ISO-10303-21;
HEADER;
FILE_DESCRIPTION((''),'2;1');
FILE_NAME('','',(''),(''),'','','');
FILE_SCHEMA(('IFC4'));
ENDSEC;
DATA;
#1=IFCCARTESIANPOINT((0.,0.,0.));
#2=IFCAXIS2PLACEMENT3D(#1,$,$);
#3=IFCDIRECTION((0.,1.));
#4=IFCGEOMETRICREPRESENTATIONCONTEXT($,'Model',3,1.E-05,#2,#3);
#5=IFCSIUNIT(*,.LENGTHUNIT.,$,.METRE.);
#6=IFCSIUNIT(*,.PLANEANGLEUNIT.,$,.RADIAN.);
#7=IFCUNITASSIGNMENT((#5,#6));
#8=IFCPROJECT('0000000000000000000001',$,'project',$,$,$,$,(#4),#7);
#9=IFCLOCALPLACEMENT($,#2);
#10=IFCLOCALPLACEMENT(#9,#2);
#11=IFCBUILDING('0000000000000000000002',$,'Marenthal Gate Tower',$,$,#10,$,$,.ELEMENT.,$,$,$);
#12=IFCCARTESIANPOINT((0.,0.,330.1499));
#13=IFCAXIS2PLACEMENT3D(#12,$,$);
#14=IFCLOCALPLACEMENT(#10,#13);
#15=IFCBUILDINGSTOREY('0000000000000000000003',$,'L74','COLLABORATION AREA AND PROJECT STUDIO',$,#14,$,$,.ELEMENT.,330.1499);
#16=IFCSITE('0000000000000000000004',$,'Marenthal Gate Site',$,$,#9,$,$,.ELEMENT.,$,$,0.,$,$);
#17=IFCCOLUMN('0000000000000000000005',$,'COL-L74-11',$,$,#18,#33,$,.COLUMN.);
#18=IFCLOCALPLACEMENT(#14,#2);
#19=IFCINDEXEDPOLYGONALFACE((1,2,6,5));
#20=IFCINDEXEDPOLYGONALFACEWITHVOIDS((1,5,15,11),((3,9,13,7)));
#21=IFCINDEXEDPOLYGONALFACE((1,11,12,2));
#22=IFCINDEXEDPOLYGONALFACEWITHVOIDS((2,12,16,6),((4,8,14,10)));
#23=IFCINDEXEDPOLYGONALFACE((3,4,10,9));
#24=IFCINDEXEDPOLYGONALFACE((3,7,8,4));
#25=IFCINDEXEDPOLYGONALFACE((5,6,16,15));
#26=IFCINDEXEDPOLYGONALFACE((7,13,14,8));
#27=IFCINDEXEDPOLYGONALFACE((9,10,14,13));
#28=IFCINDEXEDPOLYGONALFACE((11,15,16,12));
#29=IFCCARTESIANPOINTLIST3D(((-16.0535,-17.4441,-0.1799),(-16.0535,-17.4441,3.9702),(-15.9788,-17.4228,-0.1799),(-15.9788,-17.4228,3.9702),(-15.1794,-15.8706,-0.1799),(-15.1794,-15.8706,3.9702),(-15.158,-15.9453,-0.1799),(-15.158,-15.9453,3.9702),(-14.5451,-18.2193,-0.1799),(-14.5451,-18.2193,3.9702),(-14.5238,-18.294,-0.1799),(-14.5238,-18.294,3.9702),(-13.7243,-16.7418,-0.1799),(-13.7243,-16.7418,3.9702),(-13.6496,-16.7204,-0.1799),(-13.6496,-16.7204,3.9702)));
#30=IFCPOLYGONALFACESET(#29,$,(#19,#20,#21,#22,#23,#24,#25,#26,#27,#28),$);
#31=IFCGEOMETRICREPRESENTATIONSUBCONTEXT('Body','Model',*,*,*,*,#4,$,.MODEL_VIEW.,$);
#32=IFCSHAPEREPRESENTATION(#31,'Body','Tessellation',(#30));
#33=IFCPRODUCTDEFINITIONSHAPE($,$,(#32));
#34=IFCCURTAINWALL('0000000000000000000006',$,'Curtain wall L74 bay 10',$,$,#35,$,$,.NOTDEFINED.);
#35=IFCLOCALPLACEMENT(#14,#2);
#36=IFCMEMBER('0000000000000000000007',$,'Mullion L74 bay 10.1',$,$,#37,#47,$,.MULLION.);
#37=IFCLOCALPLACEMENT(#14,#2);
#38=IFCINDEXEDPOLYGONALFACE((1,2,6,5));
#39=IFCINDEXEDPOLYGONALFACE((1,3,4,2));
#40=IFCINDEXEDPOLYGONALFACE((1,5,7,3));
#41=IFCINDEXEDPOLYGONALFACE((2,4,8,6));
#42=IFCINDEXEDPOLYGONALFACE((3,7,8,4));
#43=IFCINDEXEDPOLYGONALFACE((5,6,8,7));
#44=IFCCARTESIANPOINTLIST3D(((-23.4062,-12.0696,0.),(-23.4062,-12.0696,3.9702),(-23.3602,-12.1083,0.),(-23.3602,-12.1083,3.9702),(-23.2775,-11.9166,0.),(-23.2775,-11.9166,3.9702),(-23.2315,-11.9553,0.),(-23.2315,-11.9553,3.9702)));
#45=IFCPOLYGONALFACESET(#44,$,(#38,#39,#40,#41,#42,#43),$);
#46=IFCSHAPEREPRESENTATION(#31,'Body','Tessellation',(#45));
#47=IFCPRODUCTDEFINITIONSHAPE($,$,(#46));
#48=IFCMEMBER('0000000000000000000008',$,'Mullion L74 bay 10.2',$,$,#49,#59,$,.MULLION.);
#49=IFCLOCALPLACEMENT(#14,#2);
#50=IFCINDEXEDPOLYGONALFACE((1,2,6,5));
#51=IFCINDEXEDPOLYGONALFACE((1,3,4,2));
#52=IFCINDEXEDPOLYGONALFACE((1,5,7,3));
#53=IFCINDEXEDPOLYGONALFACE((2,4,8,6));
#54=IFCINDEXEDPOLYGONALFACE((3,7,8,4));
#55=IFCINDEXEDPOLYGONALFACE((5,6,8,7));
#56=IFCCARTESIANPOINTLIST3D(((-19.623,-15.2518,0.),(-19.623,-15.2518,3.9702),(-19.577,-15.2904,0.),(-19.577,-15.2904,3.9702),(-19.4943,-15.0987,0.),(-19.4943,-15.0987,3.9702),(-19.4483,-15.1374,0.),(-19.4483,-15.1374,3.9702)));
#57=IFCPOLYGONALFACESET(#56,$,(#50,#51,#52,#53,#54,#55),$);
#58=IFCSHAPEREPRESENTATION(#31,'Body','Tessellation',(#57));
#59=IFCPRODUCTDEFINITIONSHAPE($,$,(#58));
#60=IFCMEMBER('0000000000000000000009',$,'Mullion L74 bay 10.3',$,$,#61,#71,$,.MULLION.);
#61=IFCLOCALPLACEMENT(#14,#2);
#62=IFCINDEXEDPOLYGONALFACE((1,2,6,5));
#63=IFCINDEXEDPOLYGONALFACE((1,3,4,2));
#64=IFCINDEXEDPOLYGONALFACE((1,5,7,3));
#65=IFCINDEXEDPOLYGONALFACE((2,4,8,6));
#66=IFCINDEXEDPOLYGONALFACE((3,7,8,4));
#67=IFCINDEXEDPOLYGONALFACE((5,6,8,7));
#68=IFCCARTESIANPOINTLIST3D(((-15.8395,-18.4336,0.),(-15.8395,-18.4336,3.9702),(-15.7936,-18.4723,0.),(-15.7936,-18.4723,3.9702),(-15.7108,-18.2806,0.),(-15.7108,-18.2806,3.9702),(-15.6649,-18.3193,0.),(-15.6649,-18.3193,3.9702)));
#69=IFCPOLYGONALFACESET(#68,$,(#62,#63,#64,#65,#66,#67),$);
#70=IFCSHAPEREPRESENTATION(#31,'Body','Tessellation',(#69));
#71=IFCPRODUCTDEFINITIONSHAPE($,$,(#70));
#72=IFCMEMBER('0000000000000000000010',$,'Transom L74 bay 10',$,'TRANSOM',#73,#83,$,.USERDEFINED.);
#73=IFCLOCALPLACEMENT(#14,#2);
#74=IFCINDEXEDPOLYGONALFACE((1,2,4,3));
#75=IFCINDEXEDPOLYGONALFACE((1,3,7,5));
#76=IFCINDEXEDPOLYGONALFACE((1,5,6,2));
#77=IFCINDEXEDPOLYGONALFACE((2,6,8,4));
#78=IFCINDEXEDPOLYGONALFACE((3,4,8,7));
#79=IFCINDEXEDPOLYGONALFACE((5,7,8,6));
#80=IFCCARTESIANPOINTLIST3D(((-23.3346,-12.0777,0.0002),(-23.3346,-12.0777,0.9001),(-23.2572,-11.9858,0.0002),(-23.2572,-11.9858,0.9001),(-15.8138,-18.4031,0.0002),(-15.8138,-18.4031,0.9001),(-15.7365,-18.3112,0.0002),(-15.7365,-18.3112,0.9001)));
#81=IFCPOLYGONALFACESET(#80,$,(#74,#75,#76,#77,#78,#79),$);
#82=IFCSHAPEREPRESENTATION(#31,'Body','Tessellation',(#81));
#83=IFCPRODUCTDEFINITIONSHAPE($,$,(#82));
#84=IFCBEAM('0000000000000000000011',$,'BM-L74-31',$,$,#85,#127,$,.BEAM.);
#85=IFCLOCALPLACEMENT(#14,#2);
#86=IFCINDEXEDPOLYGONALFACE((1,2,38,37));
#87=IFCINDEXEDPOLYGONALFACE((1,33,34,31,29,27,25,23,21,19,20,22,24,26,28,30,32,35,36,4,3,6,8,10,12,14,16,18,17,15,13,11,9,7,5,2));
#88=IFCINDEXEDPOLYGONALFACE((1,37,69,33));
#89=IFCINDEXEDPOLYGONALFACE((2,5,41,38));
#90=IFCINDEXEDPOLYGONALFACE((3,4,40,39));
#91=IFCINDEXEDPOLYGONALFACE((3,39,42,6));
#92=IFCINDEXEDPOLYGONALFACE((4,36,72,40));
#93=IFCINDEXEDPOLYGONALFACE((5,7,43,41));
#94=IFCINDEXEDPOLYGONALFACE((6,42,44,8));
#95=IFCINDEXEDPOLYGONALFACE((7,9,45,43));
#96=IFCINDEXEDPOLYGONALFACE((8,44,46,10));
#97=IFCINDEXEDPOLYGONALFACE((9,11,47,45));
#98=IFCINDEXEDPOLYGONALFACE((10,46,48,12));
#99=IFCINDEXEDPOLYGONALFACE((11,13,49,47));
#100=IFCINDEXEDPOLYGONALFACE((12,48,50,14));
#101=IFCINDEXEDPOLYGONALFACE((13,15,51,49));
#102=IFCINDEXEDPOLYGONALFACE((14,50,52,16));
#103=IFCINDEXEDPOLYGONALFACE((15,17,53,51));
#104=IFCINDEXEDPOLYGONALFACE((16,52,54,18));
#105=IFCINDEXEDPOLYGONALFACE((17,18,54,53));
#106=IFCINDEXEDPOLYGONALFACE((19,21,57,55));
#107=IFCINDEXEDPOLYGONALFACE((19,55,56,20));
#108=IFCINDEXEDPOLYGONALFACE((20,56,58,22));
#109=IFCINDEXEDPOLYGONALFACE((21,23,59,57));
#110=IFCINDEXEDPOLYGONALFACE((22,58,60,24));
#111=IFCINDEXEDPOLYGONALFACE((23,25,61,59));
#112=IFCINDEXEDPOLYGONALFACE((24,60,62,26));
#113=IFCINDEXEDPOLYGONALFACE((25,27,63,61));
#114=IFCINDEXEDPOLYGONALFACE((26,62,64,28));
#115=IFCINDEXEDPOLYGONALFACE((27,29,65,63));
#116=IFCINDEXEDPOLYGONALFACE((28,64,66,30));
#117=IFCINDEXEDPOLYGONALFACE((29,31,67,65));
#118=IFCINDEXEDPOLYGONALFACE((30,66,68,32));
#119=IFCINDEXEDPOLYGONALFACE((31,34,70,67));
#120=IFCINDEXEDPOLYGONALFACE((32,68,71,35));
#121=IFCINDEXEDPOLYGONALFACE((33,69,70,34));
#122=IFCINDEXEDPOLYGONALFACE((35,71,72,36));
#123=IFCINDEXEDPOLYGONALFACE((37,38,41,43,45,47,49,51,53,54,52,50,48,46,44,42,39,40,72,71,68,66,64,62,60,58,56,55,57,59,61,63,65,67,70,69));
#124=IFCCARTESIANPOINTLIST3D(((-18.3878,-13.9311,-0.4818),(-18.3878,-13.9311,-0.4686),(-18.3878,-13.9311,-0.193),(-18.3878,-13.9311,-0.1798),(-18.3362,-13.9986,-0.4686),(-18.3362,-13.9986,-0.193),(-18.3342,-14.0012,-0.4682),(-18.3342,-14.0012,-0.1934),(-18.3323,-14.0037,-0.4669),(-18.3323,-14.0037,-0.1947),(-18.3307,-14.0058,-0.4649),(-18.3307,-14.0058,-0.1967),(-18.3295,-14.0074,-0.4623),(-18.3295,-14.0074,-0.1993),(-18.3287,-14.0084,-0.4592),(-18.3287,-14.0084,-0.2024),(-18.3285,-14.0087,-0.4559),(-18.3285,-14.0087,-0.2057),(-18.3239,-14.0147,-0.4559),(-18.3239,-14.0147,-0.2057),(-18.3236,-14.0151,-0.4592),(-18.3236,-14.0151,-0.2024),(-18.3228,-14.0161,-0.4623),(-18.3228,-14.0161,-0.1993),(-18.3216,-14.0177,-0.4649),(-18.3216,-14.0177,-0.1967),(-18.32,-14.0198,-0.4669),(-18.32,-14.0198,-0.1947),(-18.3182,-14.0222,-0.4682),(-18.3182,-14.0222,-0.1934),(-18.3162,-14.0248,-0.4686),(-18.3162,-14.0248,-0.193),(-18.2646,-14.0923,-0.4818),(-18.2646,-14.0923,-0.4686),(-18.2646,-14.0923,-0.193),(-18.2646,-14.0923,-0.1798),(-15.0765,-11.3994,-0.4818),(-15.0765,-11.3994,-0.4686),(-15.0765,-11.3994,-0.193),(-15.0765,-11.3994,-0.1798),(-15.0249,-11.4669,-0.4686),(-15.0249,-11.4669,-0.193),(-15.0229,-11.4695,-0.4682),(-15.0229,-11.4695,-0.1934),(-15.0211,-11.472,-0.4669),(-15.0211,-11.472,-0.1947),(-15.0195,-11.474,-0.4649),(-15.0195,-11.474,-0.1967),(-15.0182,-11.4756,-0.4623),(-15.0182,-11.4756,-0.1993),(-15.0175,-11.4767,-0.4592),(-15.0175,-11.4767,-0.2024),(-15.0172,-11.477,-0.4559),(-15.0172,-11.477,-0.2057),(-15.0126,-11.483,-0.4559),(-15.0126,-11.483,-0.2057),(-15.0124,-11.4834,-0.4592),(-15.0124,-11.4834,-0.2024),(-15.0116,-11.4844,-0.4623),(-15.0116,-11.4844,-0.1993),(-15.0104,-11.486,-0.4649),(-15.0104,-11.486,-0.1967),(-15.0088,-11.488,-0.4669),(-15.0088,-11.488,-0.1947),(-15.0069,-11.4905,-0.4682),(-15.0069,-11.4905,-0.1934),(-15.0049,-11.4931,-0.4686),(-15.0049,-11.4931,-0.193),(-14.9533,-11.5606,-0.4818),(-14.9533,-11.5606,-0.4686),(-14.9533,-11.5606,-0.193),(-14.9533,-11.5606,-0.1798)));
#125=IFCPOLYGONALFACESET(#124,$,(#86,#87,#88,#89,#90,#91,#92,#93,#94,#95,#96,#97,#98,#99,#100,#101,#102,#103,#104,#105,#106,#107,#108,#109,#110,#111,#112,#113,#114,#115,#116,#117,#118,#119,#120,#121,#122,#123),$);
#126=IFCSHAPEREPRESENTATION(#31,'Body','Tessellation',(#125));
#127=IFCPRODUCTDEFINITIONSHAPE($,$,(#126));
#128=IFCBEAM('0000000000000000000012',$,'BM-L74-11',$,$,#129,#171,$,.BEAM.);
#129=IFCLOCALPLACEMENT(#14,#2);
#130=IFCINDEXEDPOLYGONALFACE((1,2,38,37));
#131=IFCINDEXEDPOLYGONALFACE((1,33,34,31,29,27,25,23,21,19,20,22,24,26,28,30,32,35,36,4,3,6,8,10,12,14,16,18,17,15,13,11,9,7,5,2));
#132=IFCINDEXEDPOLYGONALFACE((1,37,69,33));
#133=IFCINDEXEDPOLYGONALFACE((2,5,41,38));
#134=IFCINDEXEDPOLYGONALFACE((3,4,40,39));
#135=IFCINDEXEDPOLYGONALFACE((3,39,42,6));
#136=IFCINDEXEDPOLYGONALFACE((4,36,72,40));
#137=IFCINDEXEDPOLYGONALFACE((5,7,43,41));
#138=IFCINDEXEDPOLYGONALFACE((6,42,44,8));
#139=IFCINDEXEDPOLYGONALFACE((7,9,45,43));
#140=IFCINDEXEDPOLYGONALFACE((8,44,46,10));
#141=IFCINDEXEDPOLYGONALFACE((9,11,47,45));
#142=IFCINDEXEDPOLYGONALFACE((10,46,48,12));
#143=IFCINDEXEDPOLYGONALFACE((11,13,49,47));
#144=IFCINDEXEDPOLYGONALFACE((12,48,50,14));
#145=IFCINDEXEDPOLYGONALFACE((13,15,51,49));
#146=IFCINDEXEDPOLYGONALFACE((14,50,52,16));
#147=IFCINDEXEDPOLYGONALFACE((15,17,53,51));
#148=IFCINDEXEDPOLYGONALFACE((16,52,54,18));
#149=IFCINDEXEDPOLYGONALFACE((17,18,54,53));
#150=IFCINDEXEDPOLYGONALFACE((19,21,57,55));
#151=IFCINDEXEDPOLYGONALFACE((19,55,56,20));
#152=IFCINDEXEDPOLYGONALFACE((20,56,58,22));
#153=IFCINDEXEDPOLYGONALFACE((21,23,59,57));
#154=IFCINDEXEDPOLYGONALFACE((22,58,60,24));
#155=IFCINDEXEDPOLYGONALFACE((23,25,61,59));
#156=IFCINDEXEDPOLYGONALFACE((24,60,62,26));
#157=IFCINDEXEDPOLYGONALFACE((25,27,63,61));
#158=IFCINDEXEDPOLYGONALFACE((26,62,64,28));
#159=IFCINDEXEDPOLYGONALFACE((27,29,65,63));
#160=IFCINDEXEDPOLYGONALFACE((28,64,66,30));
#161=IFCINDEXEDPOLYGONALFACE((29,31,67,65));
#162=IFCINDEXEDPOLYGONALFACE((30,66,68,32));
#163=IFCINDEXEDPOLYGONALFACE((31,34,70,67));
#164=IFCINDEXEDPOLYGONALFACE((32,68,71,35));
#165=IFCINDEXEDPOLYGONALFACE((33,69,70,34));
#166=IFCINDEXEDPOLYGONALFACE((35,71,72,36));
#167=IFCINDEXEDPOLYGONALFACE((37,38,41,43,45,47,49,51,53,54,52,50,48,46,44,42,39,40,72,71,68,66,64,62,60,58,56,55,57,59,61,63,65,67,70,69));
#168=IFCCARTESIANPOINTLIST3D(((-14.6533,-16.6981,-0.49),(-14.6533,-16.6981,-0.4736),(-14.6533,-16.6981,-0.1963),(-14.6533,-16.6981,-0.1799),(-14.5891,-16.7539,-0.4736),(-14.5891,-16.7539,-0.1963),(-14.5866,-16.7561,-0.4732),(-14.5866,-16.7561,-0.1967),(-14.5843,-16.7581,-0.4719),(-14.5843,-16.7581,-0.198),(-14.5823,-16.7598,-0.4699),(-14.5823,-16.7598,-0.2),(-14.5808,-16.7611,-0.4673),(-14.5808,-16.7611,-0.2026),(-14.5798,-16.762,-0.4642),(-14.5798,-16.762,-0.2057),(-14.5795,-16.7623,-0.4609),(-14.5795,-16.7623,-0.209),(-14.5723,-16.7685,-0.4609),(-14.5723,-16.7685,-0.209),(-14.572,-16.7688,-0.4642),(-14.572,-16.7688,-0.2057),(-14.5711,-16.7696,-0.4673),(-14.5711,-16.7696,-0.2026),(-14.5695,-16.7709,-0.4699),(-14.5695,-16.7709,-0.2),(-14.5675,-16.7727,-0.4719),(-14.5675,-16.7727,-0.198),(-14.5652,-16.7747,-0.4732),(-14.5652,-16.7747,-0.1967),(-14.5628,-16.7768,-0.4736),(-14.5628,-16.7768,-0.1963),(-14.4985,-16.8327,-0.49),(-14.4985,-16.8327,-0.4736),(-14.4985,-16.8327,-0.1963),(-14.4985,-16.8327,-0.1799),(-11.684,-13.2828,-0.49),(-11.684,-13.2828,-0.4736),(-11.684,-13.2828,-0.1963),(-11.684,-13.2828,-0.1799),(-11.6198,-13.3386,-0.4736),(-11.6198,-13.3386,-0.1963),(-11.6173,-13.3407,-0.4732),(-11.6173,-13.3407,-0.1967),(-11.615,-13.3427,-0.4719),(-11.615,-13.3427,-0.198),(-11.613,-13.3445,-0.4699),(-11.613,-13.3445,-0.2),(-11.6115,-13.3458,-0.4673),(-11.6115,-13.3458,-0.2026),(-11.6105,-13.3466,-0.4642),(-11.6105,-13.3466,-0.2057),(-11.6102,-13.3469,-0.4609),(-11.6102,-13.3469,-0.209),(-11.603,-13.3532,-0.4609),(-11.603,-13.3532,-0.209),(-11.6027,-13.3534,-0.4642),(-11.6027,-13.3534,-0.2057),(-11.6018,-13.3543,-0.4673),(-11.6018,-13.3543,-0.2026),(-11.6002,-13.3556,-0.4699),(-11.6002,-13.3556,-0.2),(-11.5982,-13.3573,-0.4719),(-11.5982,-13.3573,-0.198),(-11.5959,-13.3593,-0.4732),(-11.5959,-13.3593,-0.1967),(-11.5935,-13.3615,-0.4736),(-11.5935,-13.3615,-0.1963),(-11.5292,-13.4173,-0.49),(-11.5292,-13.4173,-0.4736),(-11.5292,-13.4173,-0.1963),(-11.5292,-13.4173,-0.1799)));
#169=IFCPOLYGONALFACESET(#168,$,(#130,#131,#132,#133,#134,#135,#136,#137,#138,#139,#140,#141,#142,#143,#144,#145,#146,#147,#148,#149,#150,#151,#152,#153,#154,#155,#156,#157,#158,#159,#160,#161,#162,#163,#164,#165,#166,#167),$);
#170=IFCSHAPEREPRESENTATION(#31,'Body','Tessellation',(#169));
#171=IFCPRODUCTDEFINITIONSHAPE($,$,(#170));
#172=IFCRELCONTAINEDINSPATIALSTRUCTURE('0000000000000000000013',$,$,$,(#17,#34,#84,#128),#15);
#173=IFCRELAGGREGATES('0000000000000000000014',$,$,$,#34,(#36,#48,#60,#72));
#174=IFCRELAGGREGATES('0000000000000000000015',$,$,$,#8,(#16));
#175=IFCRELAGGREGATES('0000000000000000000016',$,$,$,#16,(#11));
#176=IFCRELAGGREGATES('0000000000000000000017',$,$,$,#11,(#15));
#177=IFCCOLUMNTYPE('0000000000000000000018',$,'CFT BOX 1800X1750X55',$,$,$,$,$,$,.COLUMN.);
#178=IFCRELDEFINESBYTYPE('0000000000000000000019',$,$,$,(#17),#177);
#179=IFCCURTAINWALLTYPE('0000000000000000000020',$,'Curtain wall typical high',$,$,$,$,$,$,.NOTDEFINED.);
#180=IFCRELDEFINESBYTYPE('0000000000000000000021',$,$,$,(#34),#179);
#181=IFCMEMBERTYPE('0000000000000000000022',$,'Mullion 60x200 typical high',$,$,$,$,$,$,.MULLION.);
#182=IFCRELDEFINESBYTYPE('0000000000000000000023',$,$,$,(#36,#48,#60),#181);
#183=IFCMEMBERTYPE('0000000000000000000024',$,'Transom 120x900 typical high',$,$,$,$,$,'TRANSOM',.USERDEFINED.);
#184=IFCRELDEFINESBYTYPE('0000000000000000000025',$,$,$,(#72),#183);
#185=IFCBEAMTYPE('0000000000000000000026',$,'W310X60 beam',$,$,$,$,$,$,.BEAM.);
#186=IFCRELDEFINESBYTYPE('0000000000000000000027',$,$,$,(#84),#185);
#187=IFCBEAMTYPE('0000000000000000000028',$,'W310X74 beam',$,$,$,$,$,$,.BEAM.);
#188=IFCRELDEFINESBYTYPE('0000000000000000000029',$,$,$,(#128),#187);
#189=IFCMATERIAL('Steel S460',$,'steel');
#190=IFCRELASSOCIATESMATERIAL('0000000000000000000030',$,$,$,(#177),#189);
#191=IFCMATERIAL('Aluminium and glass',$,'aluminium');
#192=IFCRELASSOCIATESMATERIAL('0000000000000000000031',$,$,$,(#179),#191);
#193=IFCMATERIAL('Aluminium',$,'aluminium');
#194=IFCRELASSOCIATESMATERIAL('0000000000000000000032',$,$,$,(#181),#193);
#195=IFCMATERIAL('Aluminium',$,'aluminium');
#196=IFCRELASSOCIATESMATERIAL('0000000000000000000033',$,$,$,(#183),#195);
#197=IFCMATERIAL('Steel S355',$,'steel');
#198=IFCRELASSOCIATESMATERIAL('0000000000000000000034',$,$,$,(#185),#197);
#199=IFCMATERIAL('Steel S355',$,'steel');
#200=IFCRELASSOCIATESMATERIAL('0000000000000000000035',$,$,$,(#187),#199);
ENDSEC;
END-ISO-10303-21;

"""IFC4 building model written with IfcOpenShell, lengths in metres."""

from ifc_helpers import new_model, si_unit, direction, frame, origin, origin_2d, place, context, subcontext, project, spatial, rectangle, hollow_rectangle, i_section, extrude, material, material_profile, profile_set, type_object, element, aggregate, save


model = new_model("IFC4")

# Units and contexts
model_context = context("Model", 3, precision=1e-05, world=origin(), true_north=direction((0.0, 1.0)))
body_context = subcontext(model_context, "Body", "Model", "MODEL_VIEW")
ifc_project = project(units=[si_unit("LENGTHUNIT", "METRE"), si_unit("PLANEANGLEUNIT", "RADIAN")], contexts=[model_context])

# Site, building, storey
site_placement = place(None, origin())
site = spatial("IfcSite", under=ifc_project, at=site_placement, Name="Marenthal Gate Site", CompositionType="ELEMENT", RefElevation=0.0)
building_placement = place(site_placement, origin())
building = spatial("IfcBuilding", under=site, at=building_placement, Name="Marenthal Gate Tower", CompositionType="ELEMENT")
storey_placement = place(building_placement, frame((0.0, 0.0, 330.1499)))
storey = spatial("IfcBuildingStorey", under=building, at=storey_placement, Name="L74", Description="COLLABORATION AREA AND PROJECT STUDIO", CompositionType="ELEMENT", Elevation=330.1499)

# Column
ifc_material_1 = material(Name="Steel S460", Category="steel")
ifc_material_profile_1 = material_profile(ifc_material_1, hollow_rectangle(XDim=1.75, YDim=1.8, WallThickness=0.0549, at=origin_2d()), Name="CFT BOX 1800X1750X55")
ifc_material_2 = material(Name="Concrete 70 MPa", Category="concrete")
ifc_material_profile_2 = material_profile(ifc_material_2, rectangle(XDim=1.6399, YDim=1.6899, at=origin_2d()), Name="CFT BOX 1800X1750X55 INFILL")
ifc_profile_set_1 = profile_set([ifc_material_profile_1, ifc_material_profile_2], Name="Steel S460 shell, Concrete 70 MPa infill")
column_type = type_object("IfcColumnType", Name="CFT BOX 1800X1750X55", PredefinedType="COLUMN", material=ifc_profile_set_1)
column_placement = place(storey_placement, frame((-14.8516, -17.0823, -0.1799), z_axis=(0.0, 0.0, 1.0), x_axis=(-0.874163, 0.485632, 0.0)))
element("IfcColumn", 1, at=column_placement, inside=storey, type_object=column_type, Name="COL-L74-11", PredefinedType="COLUMN", context=body_context, shape_type="SweptSolid", body=[
    extrude(hollow_rectangle(XDim=1.75, YDim=1.8, WallThickness=0.0549, at=origin_2d()), origin(), (0.0, 0.0, 1.0), 4.1501),
])

# Curtain wall, members
ifc_material_3 = material(Name="Aluminium and glass", Category="aluminium")
curtain_wall_type = type_object("IfcCurtainWallType", Name="Curtain wall typical high", PredefinedType="NOTDEFINED", material=ifc_material_3)
curtain_wall_placement = place(storey_placement, origin())
curtain_wall = element("IfcCurtainWall", 2, at=curtain_wall_placement, inside=storey, type_object=curtain_wall_type, Name="Curtain wall L74 bay 10", PredefinedType="NOTDEFINED")
ifc_material_4 = material(Name="Aluminium", Category="aluminium")
ifc_material_profile_3 = material_profile(ifc_material_4, rectangle(XDim=0.2, YDim=0.0601, at=origin_2d()), Name="60x200 aluminium mullion")
ifc_profile_set_2 = profile_set([ifc_material_profile_3], Name="Aluminium")
member_type_1 = type_object("IfcMemberType", Name="Mullion 60x200 typical high", PredefinedType="MULLION", material=ifc_profile_set_2)
member_1_placement = place(storey_placement, frame((-23.3188, -12.0125, 0.0), z_axis=(0.0, 0.0, 1.0), x_axis=(0.643676, 0.765298, 0.0)))
member_1 = element("IfcMember", 3, at=member_1_placement, type_object=member_type_1, Name="Mullion L74 bay 10.1", PredefinedType="MULLION", context=body_context, shape_type="SweptSolid", body=[
    extrude(rectangle(XDim=0.2, YDim=0.0601, at=origin_2d()), origin(), (0.0, 0.0, 1.0), 3.9702),
])
member_2_placement = place(storey_placement, frame((-19.5356, -15.1946, 0.0), z_axis=(0.0, 0.0, 1.0), x_axis=(0.643676, 0.765298, 0.0)))
member_2 = element("IfcMember", 4, at=member_2_placement, type_object=member_type_1, Name="Mullion L74 bay 10.2", PredefinedType="MULLION", context=body_context, shape_type="SweptSolid", body=[
    extrude(rectangle(XDim=0.2, YDim=0.0601, at=origin_2d()), origin(), (0.0, 0.0, 1.0), 3.9702),
])
member_3_placement = place(storey_placement, frame((-15.7522, -18.3765, 0.0), z_axis=(0.0, 0.0, 1.0), x_axis=(0.643676, 0.765298, 0.0)))
member_3 = element("IfcMember", 5, at=member_3_placement, type_object=member_type_1, Name="Mullion L74 bay 10.3", PredefinedType="MULLION", context=body_context, shape_type="SweptSolid", body=[
    extrude(rectangle(XDim=0.2, YDim=0.0601, at=origin_2d()), origin(), (0.0, 0.0, 1.0), 3.9702),
])
ifc_material_5 = material(Name="Aluminium", Category="aluminium")
ifc_material_profile_4 = material_profile(ifc_material_5, rectangle(XDim=0.1201, YDim=0.8999, at=origin_2d()), Name="120x900 aluminium transom")
ifc_profile_set_3 = profile_set([ifc_material_profile_4], Name="Aluminium")
member_type_2 = type_object("IfcMemberType", Name="Transom 120x900 typical high", ElementType="TRANSOM", PredefinedType="USERDEFINED", material=ifc_profile_set_3)
member_4_placement = place(storey_placement, frame((-23.2959, -12.0317, 0.4502), z_axis=(0.765303, -0.64367, 0.0), x_axis=(0.64367, 0.765303, 0.0)))
member_4 = element("IfcMember", 6, at=member_4_placement, type_object=member_type_2, Name="Transom L74 bay 10", ObjectType="TRANSOM", PredefinedType="USERDEFINED", context=body_context, shape_type="SweptSolid", body=[
    extrude(rectangle(XDim=0.1201, YDim=0.8999, at=origin_2d()), origin(), (0.0, 0.0, 1.0), 9.8271),
])

# Beams
ifc_material_6 = material(Name="Steel S355", Category="steel")
ifc_material_profile_5 = material_profile(ifc_material_6, i_section(OverallWidth=0.2029, OverallDepth=0.302, WebThickness=0.0076, FlangeThickness=0.0132, FilletRadius=0.0127, at=origin_2d()), Name="W310X60")
ifc_profile_set_4 = profile_set([ifc_material_profile_5], Name="Steel S355")
beam_type_1 = type_object("IfcBeamType", Name="W310X60 beam", PredefinedType="BEAM", material=ifc_profile_set_4)
beam_1_placement = place(storey_placement, frame((-18.3262, -14.0117, -0.3308), z_axis=(0.794406, 0.607387, 0.0), x_axis=(-0.607387, 0.794406, 0.0)))
element("IfcBeam", 7, at=beam_1_placement, inside=storey, type_object=beam_type_1, Name="BM-L74-31", PredefinedType="BEAM", context=body_context, shape_type="SweptSolid", body=[
    extrude(i_section(OverallWidth=0.2029, OverallDepth=0.302, WebThickness=0.0076, FlangeThickness=0.0132, FilletRadius=0.0127, at=origin_2d()), origin(), (0.0, 0.0, 1.0), 4.1682),
])
ifc_material_7 = material(Name="Steel S355", Category="steel")
ifc_material_profile_6 = material_profile(ifc_material_7, i_section(OverallWidth=0.2051, OverallDepth=0.3101, WebThickness=0.0095, FlangeThickness=0.0164, FilletRadius=0.0127, at=origin_2d()), Name="W310X74")
ifc_profile_set_5 = profile_set([ifc_material_profile_6], Name="Steel S355")
beam_type_2 = type_object("IfcBeamType", Name="W310X74 beam", PredefinedType="BEAM", material=ifc_profile_set_5)
beam_2_placement = place(storey_placement, frame((-14.5759, -16.7654, -0.335), z_axis=(0.656107, 0.754668, 0.0), x_axis=(-0.754668, 0.656107, 0.0)))
element("IfcBeam", 8, at=beam_2_placement, inside=storey, type_object=beam_type_2, Name="BM-L74-11", PredefinedType="BEAM", context=body_context, shape_type="SweptSolid", body=[
    extrude(i_section(OverallWidth=0.2051, OverallDepth=0.3101, WebThickness=0.0095, FlangeThickness=0.0164, FilletRadius=0.0127, at=origin_2d()), origin(), (0.0, 0.0, 1.0), 4.5256),
])

aggregate(curtain_wall, [member_1, member_2, member_3, member_4])

save(model, "model.ifc")
